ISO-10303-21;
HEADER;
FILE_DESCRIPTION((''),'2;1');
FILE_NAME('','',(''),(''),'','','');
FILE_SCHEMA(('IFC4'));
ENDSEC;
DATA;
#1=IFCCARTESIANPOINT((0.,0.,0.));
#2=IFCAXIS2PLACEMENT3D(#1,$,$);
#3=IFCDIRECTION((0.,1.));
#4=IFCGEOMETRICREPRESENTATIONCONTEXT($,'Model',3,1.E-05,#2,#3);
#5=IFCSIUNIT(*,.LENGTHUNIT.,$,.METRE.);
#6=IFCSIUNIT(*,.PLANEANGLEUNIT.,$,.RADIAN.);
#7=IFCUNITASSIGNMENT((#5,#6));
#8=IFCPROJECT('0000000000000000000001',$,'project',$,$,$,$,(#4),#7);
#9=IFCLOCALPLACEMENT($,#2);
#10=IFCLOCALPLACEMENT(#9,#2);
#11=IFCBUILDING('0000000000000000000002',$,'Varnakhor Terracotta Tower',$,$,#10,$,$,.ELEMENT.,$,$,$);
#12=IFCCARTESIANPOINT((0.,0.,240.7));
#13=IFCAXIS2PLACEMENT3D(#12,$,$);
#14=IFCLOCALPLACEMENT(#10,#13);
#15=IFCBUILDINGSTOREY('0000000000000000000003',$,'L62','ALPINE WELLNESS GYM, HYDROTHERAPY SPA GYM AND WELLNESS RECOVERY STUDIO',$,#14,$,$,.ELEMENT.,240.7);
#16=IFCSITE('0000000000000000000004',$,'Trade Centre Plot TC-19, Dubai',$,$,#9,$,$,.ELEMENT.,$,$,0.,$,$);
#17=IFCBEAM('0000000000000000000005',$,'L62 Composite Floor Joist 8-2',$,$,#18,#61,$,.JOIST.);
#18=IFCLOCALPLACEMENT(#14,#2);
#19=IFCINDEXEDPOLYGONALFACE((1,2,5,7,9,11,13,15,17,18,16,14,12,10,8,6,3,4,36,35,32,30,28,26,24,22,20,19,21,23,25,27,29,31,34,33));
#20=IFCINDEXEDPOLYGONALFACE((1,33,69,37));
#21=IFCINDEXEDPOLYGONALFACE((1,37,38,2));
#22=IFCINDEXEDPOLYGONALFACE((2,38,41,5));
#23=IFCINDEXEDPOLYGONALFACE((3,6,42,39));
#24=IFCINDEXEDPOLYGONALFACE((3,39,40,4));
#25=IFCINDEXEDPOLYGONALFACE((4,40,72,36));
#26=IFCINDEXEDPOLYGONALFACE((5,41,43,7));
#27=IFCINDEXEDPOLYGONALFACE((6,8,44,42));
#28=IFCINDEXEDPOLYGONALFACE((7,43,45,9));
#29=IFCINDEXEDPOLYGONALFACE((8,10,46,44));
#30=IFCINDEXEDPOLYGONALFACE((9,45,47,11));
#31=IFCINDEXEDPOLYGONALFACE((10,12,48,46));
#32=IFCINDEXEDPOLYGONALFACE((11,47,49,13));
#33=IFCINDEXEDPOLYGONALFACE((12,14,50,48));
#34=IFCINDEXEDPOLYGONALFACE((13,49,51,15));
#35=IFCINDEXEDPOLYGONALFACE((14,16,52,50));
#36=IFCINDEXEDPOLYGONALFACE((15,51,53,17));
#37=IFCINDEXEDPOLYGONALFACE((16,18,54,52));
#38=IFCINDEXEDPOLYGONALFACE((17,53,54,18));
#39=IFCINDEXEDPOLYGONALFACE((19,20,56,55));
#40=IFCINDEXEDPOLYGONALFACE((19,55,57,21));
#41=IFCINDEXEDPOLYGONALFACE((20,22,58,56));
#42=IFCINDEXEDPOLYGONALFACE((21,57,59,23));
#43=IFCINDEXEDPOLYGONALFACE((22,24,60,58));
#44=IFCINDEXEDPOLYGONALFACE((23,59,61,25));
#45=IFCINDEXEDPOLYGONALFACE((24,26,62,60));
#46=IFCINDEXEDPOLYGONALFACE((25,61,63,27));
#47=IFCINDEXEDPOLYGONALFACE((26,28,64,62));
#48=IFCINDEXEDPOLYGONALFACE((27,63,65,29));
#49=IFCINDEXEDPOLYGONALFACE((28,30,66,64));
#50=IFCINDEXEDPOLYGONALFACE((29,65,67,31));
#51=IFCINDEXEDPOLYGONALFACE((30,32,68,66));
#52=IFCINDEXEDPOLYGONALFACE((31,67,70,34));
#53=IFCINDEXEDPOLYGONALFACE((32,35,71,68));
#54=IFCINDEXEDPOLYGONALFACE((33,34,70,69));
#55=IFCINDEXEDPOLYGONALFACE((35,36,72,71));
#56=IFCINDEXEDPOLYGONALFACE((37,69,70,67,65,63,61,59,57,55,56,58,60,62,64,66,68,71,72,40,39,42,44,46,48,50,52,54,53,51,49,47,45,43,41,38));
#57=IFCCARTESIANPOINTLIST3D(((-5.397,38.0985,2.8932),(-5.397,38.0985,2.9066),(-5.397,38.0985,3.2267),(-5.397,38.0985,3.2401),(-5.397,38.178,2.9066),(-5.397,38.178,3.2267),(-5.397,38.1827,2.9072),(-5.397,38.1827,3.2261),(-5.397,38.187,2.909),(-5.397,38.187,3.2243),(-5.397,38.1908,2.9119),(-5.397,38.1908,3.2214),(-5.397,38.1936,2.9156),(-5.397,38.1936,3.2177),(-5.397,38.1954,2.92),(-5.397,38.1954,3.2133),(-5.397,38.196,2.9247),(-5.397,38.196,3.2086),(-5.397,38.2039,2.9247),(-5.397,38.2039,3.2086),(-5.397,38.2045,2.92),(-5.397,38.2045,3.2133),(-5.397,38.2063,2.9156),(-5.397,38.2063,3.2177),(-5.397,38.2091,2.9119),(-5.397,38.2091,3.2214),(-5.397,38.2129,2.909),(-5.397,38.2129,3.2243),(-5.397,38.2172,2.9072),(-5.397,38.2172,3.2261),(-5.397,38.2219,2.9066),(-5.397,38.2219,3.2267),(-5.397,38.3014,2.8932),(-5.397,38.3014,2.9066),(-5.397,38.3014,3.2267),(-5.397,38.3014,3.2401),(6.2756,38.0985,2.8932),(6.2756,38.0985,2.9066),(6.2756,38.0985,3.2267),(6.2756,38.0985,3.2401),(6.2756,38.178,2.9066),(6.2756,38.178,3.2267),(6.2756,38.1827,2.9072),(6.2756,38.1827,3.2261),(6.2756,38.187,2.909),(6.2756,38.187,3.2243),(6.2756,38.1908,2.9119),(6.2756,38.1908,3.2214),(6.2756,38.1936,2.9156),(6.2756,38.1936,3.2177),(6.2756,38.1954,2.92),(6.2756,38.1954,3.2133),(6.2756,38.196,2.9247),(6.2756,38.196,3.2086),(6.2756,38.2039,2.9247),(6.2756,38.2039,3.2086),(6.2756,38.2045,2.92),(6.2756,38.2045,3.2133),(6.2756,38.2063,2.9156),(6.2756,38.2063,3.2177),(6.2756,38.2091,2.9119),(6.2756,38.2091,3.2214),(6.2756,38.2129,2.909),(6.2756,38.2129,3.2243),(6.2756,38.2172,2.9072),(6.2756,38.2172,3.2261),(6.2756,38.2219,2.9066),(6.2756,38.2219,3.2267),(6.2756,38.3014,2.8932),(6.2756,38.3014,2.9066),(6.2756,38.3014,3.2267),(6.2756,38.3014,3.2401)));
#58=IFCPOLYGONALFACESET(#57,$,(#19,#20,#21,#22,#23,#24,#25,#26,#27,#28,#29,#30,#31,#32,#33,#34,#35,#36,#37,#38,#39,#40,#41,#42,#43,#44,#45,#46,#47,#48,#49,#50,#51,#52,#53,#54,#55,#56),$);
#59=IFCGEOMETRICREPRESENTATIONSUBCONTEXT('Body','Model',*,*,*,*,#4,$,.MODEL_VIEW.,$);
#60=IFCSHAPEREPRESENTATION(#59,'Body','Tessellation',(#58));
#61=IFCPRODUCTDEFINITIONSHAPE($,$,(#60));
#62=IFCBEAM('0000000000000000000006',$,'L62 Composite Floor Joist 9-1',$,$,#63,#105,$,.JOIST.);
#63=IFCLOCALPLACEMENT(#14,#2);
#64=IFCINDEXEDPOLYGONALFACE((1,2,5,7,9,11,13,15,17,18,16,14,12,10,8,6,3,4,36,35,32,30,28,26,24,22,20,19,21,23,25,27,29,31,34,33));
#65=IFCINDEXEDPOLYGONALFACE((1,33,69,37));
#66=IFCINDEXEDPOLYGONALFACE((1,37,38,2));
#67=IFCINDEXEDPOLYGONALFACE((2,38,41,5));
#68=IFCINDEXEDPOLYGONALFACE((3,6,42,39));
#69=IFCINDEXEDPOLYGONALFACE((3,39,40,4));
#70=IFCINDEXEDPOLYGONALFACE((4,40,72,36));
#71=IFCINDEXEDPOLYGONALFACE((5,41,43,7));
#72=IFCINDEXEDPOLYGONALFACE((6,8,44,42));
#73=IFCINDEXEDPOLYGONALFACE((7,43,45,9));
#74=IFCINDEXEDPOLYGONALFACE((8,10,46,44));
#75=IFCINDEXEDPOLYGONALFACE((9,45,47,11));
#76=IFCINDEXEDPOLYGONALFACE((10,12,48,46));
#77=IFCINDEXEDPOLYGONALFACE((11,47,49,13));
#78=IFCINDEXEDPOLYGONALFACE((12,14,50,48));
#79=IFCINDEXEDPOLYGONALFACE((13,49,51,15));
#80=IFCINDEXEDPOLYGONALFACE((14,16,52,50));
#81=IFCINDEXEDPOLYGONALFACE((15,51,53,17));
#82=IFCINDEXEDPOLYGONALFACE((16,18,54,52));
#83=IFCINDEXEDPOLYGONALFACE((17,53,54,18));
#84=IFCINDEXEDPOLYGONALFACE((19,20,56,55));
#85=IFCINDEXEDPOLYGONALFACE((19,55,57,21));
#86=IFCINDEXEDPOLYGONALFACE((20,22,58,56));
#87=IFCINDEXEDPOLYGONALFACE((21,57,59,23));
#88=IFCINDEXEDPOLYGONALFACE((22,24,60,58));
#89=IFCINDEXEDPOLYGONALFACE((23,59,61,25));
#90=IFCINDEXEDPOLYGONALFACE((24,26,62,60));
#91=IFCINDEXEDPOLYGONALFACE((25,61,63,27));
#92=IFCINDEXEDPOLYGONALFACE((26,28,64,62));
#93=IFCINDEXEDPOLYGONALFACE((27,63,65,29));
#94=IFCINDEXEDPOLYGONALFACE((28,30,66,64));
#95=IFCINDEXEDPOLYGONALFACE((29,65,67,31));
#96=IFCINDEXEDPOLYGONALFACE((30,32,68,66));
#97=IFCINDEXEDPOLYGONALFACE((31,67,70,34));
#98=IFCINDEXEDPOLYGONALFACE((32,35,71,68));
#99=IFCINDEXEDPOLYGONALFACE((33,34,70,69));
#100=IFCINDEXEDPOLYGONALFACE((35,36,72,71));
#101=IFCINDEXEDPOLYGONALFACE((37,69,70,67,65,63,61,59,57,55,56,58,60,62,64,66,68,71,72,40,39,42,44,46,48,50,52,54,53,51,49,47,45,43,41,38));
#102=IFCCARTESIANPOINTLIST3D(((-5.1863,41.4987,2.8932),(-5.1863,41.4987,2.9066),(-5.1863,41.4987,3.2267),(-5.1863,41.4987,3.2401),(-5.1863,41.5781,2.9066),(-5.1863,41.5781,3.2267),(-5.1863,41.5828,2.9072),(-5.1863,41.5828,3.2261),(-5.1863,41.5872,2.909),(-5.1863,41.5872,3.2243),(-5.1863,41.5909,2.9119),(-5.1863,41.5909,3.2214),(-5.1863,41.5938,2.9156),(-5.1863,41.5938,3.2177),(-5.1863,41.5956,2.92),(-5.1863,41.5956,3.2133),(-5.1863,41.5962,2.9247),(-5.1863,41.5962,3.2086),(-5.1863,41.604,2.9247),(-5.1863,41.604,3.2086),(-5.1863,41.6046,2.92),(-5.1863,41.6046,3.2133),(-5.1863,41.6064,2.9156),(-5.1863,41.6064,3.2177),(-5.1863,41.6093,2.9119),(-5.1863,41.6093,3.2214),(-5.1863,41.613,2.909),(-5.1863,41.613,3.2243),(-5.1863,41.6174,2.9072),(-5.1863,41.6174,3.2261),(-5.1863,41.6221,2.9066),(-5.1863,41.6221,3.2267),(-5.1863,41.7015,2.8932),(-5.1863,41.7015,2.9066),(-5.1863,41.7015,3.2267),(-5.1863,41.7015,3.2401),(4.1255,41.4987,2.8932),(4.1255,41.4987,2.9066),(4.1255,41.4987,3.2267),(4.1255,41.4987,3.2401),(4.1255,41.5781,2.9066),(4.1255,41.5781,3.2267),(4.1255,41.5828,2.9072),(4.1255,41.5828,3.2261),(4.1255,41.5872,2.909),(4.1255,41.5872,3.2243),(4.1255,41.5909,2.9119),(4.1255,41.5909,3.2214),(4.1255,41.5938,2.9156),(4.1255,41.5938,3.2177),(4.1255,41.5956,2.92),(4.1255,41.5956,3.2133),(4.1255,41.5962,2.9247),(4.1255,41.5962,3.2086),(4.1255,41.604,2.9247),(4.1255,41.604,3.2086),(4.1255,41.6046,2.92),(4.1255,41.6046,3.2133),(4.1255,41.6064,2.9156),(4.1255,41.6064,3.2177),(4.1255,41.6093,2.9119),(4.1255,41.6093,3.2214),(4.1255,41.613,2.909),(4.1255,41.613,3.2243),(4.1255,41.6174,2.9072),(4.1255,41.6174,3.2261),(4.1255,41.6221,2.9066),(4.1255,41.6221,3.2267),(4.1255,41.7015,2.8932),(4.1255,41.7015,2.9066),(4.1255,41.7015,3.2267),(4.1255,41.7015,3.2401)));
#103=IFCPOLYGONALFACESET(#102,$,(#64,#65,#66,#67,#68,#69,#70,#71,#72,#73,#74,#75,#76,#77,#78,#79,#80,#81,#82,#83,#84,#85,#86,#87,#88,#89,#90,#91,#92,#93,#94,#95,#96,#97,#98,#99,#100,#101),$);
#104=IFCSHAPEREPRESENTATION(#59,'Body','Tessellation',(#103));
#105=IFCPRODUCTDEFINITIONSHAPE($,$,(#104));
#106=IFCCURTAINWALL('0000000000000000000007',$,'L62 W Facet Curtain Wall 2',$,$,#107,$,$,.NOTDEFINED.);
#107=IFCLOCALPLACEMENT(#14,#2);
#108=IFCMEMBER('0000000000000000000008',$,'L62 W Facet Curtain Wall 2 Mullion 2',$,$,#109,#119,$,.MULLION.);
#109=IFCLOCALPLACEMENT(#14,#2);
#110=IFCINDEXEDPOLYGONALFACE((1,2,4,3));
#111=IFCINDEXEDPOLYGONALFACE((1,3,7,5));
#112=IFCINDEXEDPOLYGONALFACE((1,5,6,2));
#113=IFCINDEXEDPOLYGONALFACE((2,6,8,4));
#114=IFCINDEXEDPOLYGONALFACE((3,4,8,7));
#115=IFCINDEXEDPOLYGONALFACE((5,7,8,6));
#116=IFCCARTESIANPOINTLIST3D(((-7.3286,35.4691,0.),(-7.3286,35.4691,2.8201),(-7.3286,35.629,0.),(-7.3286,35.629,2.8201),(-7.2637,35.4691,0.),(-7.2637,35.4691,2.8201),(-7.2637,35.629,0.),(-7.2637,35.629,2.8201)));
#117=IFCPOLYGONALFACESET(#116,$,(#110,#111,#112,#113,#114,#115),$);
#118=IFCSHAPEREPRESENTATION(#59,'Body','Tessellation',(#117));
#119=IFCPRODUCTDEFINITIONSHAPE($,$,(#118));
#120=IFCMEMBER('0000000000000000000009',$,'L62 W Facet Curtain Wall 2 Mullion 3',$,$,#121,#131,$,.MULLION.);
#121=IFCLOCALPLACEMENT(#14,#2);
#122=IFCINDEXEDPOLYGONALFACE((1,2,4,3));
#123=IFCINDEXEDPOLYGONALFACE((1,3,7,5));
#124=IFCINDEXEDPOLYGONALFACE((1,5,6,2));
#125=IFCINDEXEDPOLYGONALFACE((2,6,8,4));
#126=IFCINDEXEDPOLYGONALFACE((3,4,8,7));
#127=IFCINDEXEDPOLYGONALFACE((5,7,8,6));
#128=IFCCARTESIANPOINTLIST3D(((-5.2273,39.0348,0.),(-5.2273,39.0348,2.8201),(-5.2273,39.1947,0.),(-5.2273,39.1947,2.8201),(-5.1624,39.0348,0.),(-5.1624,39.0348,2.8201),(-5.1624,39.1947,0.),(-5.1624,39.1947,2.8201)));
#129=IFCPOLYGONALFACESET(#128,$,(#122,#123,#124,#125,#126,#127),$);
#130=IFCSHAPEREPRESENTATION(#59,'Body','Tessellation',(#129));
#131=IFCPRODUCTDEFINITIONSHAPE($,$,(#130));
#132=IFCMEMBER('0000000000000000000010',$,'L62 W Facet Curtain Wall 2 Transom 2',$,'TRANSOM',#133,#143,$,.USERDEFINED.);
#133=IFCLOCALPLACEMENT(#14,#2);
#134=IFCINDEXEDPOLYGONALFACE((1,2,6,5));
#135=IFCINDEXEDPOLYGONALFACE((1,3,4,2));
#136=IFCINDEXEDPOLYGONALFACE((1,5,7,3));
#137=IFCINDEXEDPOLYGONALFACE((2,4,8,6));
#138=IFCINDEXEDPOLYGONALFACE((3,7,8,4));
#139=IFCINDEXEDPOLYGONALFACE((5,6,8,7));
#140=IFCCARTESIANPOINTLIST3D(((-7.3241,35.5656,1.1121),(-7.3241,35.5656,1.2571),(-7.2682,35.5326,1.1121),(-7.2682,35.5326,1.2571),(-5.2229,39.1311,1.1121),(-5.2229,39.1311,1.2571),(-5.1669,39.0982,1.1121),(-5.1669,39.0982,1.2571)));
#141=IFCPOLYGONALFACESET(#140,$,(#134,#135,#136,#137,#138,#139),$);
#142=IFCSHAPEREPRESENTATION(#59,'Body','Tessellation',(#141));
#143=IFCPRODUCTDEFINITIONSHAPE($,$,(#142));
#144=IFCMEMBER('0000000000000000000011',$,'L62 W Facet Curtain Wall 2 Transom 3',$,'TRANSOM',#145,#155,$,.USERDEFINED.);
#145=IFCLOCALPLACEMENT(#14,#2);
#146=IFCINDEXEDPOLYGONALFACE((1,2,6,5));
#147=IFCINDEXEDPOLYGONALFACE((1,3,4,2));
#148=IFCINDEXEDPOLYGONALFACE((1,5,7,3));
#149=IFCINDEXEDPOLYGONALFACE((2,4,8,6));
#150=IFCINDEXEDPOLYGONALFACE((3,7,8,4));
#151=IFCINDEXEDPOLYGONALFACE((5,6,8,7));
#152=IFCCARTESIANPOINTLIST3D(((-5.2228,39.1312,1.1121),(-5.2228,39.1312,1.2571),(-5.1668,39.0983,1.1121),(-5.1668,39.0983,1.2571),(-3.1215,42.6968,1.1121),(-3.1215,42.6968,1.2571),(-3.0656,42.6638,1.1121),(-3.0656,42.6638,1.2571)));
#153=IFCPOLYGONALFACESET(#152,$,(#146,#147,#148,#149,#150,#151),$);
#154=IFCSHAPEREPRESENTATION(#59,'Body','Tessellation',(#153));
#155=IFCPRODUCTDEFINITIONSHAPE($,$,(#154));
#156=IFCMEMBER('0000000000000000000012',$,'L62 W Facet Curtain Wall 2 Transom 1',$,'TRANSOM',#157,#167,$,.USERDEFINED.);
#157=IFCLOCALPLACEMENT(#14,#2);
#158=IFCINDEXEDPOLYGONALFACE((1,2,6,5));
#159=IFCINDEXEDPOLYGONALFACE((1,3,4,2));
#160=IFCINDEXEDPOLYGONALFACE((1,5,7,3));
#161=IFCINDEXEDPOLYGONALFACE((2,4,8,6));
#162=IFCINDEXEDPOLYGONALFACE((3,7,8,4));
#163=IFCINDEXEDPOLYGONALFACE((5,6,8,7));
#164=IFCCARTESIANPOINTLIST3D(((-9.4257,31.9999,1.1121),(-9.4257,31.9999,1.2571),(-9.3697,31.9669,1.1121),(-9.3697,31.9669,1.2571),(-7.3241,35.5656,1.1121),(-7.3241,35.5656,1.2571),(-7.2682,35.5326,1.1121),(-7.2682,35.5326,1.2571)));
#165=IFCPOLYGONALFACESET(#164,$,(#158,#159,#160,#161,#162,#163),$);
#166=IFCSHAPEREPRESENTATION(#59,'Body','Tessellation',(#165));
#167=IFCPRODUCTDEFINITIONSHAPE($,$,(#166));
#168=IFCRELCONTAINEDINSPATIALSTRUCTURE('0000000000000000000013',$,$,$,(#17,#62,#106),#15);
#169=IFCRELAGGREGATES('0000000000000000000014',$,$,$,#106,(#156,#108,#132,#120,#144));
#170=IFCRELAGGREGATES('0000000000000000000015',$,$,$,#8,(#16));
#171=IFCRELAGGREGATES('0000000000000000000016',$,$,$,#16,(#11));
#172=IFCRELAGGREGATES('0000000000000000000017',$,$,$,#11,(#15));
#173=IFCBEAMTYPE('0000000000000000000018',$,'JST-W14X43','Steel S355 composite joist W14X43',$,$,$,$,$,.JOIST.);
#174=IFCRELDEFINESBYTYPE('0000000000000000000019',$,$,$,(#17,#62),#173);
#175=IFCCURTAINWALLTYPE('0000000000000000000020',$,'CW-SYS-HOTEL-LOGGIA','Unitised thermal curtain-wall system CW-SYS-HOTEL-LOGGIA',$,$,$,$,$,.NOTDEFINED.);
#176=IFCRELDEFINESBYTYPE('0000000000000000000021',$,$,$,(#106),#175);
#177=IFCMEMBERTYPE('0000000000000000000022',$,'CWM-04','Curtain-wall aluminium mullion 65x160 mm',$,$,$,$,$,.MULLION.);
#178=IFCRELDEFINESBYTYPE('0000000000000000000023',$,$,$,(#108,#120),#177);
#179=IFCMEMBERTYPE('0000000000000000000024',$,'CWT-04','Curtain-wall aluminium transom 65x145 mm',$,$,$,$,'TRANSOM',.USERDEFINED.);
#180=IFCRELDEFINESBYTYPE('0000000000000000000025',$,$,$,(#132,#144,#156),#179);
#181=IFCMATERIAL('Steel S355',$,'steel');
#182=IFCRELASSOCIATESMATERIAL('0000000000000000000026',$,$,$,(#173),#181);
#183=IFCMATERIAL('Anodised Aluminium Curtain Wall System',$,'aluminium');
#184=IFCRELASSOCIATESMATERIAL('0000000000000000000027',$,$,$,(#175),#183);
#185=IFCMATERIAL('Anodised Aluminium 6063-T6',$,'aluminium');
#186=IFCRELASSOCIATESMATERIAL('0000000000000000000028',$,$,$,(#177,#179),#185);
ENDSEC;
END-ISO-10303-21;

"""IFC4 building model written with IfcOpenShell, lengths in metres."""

from ifc_helpers import new_model, si_unit, direction, frame, origin, origin_2d, place, context, subcontext, project, spatial, rectangle, i_section, extrude, source, transform, mapped, material, material_profile, profile_set, type_object, type_shapes, element, aggregate, save


model = new_model("IFC4")

# Units and contexts
model_context = context("Model", 3, precision=1e-05, world=origin(), true_north=direction((0.0, 1.0)))
body_context = subcontext(model_context, "Body", "Model", "MODEL_VIEW")
ifc_project = project(units=[si_unit("LENGTHUNIT", "METRE"), si_unit("PLANEANGLEUNIT", "RADIAN")], contexts=[model_context])

# Site, building, storey
site_placement = place(None, origin())
site = spatial("IfcSite", under=ifc_project, at=site_placement, Name="Trade Centre Plot TC-19, Dubai", CompositionType="ELEMENT", RefElevation=0.0)
building_placement = place(site_placement, origin())
building = spatial("IfcBuilding", under=site, at=building_placement, Name="Varnakhor Terracotta Tower", CompositionType="ELEMENT")
storey_placement = place(building_placement, frame((0.0, 0.0, 240.7)))
storey = spatial("IfcBuildingStorey", under=building, at=storey_placement, Name="L62", Description="ALPINE WELLNESS GYM, HYDROTHERAPY SPA GYM AND WELLNESS RECOVERY STUDIO", CompositionType="ELEMENT", Elevation=240.7)

# Beams
ifc_material_1 = material(Name="Steel S355", Category="steel")
ifc_material_profile_1 = material_profile(ifc_material_1, i_section(OverallWidth=0.2029, OverallDepth=0.3469, WebThickness=0.0078, FlangeThickness=0.0134, FilletRadius=0.0181, at=origin_2d()), Name="W14X43")
ifc_profile_set_1 = profile_set([ifc_material_profile_1], Name="Steel S355")
beam_type_1 = type_object("IfcBeamType", Name="JST-W14X43", Description="Steel S355 composite joist W14X43", PredefinedType="JOIST", material=ifc_profile_set_1)
shared_shape_1 = source(origin(), body_context, "Body", "SweptSolid", [
    extrude(i_section(OverallWidth=0.2029, OverallDepth=0.3469, WebThickness=0.0078, FlangeThickness=0.0134, FilletRadius=0.0181, at=origin_2d()), origin(), (0.0, 0.0, 1.0), 11.6726),
])
beam_1_placement = place(storey_placement, frame((-5.397, 38.2, 3.0667), z_axis=(1.0, 0.0, 0.0), x_axis=(0.0, 1.0, 0.0)))
element("IfcBeam", 1, at=beam_1_placement, inside=storey, type_object=beam_type_1, Name="L62 Composite Floor Joist 8-2", PredefinedType="JOIST", context=body_context, shape_type="MappedRepresentation", body=[
    mapped(shared_shape_1, transform((0.0, 0.0, 0.0), scale=1.0)),
])
shared_shape_2 = source(origin(), body_context, "Body", "SweptSolid", [
    extrude(i_section(OverallWidth=0.2029, OverallDepth=0.3469, WebThickness=0.0078, FlangeThickness=0.0134, FilletRadius=0.0181, at=origin_2d()), origin(), (0.0, 0.0, 1.0), 9.3118),
])
beam_2_placement = place(storey_placement, frame((-5.1863, 41.6001, 3.0667), z_axis=(1.0, 0.0, 0.0), x_axis=(0.0, 1.0, 0.0)))
element("IfcBeam", 2, at=beam_2_placement, inside=storey, type_object=beam_type_1, Name="L62 Composite Floor Joist 9-1", PredefinedType="JOIST", context=body_context, shape_type="MappedRepresentation", body=[
    mapped(shared_shape_2, transform((0.0, 0.0, 0.0), scale=1.0)),
])

# Curtain wall, members
ifc_material_2 = material(Name="Anodised Aluminium Curtain Wall System", Category="aluminium")
curtain_wall_type = type_object("IfcCurtainWallType", Name="CW-SYS-HOTEL-LOGGIA", Description="Unitised thermal curtain-wall system CW-SYS-HOTEL-LOGGIA", PredefinedType="NOTDEFINED", material=ifc_material_2)
curtain_wall_placement = place(storey_placement, origin())
curtain_wall = element("IfcCurtainWall", 3, at=curtain_wall_placement, inside=storey, type_object=curtain_wall_type, Name="L62 W Facet Curtain Wall 2", PredefinedType="NOTDEFINED")
ifc_material_3 = material(Name="Anodised Aluminium 6063-T6", Category="aluminium")
ifc_material_profile_2 = material_profile(ifc_material_3, rectangle(XDim=0.0649, YDim=0.1599, at=origin_2d()), Name="ALU MULLION 65x160")
ifc_profile_set_2 = profile_set([ifc_material_profile_2], Name="Anodised Aluminium 6063-T6")
member_type_1 = type_object("IfcMemberType", Name="CWM-04", Description="Curtain-wall aluminium mullion 65x160 mm", PredefinedType="MULLION", material=ifc_profile_set_2)
shared_shape_3 = source(origin(), body_context, "Body", "SweptSolid", [
    extrude(rectangle(XDim=0.0649, YDim=0.1599, at=origin_2d()), origin(), (0.0, 0.0, 1.0), 2.8201),
])
type_shapes(member_type_1, [shared_shape_3])
member_1_placement = place(storey_placement, frame((-7.2961, 35.5491, 0.0), z_axis=(0.0, 0.0, 1.0), x_axis=(1.0, 0.0, 0.0)))
member_1 = element("IfcMember", 4, at=member_1_placement, type_object=member_type_1, Name="L62 W Facet Curtain Wall 2 Mullion 2", PredefinedType="MULLION", context=body_context, shape_type="MappedRepresentation", body=[
    mapped(shared_shape_3, transform((0.0, 0.0, 0.0), scale=1.0)),
])
member_2_placement = place(storey_placement, frame((-5.1948, 39.1147, 0.0), z_axis=(0.0, 0.0, 1.0), x_axis=(1.0, 0.0, 0.0)))
member_2 = element("IfcMember", 5, at=member_2_placement, type_object=member_type_1, Name="L62 W Facet Curtain Wall 2 Mullion 3", PredefinedType="MULLION", context=body_context, shape_type="MappedRepresentation", body=[
    mapped(shared_shape_3, transform((0.0, 0.0, 0.0), scale=1.0)),
])
ifc_material_profile_3 = material_profile(ifc_material_3, rectangle(XDim=0.0649, YDim=0.145, at=origin_2d()), Name="ALU TRANSOM 65x145")
ifc_profile_set_3 = profile_set([ifc_material_profile_3], Name="Anodised Aluminium 6063-T6")
member_type_2 = type_object("IfcMemberType", Name="CWT-04", Description="Curtain-wall aluminium transom 65x145 mm", ElementType="TRANSOM", PredefinedType="USERDEFINED", material=ifc_profile_set_3)
shared_shape_4 = source(origin(), body_context, "Body", "SweptSolid", [
    extrude(rectangle(XDim=0.0649, YDim=0.145, at=origin_2d()), origin(), (0.0, 0.0, 1.0), 4.1387),
])
member_3_placement = place(storey_placement, frame((-7.2961, 35.5491, 1.1846), z_axis=(0.507713, 0.861526, 0.0), x_axis=(-0.861526, 0.507713, 0.0)))
member_3 = element("IfcMember", 6, at=member_3_placement, type_object=member_type_2, Name="L62 W Facet Curtain Wall 2 Transom 2", ObjectType="TRANSOM", PredefinedType="USERDEFINED", context=body_context, shape_type="MappedRepresentation", body=[
    mapped(shared_shape_4, transform((0.0, 0.0, 0.0), scale=1.0)),
])
member_4_placement = place(storey_placement, frame((-5.1948, 39.1147, 1.1846), z_axis=(0.507713, 0.861526, 0.0), x_axis=(-0.861526, 0.507713, 0.0)))
member_4 = element("IfcMember", 7, at=member_4_placement, type_object=member_type_2, Name="L62 W Facet Curtain Wall 2 Transom 3", ObjectType="TRANSOM", PredefinedType="USERDEFINED", context=body_context, shape_type="MappedRepresentation", body=[
    mapped(shared_shape_4, transform((0.0, 0.0, 0.0), scale=1.0)),
])
shared_shape_5 = source(origin(), body_context, "Body", "SweptSolid", [
    extrude(rectangle(XDim=0.0649, YDim=0.145, at=origin_2d()), origin(), (0.0, 0.0, 1.0), 4.1389),
])
member_5_placement = place(storey_placement, frame((-9.3977, 31.9834, 1.1846), z_axis=(0.507757, 0.8615, 0.0), x_axis=(-0.8615, 0.507757, 0.0)))
member_5 = element("IfcMember", 8, at=member_5_placement, type_object=member_type_2, Name="L62 W Facet Curtain Wall 2 Transom 1", ObjectType="TRANSOM", PredefinedType="USERDEFINED", context=body_context, shape_type="MappedRepresentation", body=[
    mapped(shared_shape_5, transform((0.0, 0.0, 0.0), scale=1.0)),
])

aggregate(curtain_wall, [member_5, member_1, member_3, member_2, member_4])

save(model, "model.ifc")
